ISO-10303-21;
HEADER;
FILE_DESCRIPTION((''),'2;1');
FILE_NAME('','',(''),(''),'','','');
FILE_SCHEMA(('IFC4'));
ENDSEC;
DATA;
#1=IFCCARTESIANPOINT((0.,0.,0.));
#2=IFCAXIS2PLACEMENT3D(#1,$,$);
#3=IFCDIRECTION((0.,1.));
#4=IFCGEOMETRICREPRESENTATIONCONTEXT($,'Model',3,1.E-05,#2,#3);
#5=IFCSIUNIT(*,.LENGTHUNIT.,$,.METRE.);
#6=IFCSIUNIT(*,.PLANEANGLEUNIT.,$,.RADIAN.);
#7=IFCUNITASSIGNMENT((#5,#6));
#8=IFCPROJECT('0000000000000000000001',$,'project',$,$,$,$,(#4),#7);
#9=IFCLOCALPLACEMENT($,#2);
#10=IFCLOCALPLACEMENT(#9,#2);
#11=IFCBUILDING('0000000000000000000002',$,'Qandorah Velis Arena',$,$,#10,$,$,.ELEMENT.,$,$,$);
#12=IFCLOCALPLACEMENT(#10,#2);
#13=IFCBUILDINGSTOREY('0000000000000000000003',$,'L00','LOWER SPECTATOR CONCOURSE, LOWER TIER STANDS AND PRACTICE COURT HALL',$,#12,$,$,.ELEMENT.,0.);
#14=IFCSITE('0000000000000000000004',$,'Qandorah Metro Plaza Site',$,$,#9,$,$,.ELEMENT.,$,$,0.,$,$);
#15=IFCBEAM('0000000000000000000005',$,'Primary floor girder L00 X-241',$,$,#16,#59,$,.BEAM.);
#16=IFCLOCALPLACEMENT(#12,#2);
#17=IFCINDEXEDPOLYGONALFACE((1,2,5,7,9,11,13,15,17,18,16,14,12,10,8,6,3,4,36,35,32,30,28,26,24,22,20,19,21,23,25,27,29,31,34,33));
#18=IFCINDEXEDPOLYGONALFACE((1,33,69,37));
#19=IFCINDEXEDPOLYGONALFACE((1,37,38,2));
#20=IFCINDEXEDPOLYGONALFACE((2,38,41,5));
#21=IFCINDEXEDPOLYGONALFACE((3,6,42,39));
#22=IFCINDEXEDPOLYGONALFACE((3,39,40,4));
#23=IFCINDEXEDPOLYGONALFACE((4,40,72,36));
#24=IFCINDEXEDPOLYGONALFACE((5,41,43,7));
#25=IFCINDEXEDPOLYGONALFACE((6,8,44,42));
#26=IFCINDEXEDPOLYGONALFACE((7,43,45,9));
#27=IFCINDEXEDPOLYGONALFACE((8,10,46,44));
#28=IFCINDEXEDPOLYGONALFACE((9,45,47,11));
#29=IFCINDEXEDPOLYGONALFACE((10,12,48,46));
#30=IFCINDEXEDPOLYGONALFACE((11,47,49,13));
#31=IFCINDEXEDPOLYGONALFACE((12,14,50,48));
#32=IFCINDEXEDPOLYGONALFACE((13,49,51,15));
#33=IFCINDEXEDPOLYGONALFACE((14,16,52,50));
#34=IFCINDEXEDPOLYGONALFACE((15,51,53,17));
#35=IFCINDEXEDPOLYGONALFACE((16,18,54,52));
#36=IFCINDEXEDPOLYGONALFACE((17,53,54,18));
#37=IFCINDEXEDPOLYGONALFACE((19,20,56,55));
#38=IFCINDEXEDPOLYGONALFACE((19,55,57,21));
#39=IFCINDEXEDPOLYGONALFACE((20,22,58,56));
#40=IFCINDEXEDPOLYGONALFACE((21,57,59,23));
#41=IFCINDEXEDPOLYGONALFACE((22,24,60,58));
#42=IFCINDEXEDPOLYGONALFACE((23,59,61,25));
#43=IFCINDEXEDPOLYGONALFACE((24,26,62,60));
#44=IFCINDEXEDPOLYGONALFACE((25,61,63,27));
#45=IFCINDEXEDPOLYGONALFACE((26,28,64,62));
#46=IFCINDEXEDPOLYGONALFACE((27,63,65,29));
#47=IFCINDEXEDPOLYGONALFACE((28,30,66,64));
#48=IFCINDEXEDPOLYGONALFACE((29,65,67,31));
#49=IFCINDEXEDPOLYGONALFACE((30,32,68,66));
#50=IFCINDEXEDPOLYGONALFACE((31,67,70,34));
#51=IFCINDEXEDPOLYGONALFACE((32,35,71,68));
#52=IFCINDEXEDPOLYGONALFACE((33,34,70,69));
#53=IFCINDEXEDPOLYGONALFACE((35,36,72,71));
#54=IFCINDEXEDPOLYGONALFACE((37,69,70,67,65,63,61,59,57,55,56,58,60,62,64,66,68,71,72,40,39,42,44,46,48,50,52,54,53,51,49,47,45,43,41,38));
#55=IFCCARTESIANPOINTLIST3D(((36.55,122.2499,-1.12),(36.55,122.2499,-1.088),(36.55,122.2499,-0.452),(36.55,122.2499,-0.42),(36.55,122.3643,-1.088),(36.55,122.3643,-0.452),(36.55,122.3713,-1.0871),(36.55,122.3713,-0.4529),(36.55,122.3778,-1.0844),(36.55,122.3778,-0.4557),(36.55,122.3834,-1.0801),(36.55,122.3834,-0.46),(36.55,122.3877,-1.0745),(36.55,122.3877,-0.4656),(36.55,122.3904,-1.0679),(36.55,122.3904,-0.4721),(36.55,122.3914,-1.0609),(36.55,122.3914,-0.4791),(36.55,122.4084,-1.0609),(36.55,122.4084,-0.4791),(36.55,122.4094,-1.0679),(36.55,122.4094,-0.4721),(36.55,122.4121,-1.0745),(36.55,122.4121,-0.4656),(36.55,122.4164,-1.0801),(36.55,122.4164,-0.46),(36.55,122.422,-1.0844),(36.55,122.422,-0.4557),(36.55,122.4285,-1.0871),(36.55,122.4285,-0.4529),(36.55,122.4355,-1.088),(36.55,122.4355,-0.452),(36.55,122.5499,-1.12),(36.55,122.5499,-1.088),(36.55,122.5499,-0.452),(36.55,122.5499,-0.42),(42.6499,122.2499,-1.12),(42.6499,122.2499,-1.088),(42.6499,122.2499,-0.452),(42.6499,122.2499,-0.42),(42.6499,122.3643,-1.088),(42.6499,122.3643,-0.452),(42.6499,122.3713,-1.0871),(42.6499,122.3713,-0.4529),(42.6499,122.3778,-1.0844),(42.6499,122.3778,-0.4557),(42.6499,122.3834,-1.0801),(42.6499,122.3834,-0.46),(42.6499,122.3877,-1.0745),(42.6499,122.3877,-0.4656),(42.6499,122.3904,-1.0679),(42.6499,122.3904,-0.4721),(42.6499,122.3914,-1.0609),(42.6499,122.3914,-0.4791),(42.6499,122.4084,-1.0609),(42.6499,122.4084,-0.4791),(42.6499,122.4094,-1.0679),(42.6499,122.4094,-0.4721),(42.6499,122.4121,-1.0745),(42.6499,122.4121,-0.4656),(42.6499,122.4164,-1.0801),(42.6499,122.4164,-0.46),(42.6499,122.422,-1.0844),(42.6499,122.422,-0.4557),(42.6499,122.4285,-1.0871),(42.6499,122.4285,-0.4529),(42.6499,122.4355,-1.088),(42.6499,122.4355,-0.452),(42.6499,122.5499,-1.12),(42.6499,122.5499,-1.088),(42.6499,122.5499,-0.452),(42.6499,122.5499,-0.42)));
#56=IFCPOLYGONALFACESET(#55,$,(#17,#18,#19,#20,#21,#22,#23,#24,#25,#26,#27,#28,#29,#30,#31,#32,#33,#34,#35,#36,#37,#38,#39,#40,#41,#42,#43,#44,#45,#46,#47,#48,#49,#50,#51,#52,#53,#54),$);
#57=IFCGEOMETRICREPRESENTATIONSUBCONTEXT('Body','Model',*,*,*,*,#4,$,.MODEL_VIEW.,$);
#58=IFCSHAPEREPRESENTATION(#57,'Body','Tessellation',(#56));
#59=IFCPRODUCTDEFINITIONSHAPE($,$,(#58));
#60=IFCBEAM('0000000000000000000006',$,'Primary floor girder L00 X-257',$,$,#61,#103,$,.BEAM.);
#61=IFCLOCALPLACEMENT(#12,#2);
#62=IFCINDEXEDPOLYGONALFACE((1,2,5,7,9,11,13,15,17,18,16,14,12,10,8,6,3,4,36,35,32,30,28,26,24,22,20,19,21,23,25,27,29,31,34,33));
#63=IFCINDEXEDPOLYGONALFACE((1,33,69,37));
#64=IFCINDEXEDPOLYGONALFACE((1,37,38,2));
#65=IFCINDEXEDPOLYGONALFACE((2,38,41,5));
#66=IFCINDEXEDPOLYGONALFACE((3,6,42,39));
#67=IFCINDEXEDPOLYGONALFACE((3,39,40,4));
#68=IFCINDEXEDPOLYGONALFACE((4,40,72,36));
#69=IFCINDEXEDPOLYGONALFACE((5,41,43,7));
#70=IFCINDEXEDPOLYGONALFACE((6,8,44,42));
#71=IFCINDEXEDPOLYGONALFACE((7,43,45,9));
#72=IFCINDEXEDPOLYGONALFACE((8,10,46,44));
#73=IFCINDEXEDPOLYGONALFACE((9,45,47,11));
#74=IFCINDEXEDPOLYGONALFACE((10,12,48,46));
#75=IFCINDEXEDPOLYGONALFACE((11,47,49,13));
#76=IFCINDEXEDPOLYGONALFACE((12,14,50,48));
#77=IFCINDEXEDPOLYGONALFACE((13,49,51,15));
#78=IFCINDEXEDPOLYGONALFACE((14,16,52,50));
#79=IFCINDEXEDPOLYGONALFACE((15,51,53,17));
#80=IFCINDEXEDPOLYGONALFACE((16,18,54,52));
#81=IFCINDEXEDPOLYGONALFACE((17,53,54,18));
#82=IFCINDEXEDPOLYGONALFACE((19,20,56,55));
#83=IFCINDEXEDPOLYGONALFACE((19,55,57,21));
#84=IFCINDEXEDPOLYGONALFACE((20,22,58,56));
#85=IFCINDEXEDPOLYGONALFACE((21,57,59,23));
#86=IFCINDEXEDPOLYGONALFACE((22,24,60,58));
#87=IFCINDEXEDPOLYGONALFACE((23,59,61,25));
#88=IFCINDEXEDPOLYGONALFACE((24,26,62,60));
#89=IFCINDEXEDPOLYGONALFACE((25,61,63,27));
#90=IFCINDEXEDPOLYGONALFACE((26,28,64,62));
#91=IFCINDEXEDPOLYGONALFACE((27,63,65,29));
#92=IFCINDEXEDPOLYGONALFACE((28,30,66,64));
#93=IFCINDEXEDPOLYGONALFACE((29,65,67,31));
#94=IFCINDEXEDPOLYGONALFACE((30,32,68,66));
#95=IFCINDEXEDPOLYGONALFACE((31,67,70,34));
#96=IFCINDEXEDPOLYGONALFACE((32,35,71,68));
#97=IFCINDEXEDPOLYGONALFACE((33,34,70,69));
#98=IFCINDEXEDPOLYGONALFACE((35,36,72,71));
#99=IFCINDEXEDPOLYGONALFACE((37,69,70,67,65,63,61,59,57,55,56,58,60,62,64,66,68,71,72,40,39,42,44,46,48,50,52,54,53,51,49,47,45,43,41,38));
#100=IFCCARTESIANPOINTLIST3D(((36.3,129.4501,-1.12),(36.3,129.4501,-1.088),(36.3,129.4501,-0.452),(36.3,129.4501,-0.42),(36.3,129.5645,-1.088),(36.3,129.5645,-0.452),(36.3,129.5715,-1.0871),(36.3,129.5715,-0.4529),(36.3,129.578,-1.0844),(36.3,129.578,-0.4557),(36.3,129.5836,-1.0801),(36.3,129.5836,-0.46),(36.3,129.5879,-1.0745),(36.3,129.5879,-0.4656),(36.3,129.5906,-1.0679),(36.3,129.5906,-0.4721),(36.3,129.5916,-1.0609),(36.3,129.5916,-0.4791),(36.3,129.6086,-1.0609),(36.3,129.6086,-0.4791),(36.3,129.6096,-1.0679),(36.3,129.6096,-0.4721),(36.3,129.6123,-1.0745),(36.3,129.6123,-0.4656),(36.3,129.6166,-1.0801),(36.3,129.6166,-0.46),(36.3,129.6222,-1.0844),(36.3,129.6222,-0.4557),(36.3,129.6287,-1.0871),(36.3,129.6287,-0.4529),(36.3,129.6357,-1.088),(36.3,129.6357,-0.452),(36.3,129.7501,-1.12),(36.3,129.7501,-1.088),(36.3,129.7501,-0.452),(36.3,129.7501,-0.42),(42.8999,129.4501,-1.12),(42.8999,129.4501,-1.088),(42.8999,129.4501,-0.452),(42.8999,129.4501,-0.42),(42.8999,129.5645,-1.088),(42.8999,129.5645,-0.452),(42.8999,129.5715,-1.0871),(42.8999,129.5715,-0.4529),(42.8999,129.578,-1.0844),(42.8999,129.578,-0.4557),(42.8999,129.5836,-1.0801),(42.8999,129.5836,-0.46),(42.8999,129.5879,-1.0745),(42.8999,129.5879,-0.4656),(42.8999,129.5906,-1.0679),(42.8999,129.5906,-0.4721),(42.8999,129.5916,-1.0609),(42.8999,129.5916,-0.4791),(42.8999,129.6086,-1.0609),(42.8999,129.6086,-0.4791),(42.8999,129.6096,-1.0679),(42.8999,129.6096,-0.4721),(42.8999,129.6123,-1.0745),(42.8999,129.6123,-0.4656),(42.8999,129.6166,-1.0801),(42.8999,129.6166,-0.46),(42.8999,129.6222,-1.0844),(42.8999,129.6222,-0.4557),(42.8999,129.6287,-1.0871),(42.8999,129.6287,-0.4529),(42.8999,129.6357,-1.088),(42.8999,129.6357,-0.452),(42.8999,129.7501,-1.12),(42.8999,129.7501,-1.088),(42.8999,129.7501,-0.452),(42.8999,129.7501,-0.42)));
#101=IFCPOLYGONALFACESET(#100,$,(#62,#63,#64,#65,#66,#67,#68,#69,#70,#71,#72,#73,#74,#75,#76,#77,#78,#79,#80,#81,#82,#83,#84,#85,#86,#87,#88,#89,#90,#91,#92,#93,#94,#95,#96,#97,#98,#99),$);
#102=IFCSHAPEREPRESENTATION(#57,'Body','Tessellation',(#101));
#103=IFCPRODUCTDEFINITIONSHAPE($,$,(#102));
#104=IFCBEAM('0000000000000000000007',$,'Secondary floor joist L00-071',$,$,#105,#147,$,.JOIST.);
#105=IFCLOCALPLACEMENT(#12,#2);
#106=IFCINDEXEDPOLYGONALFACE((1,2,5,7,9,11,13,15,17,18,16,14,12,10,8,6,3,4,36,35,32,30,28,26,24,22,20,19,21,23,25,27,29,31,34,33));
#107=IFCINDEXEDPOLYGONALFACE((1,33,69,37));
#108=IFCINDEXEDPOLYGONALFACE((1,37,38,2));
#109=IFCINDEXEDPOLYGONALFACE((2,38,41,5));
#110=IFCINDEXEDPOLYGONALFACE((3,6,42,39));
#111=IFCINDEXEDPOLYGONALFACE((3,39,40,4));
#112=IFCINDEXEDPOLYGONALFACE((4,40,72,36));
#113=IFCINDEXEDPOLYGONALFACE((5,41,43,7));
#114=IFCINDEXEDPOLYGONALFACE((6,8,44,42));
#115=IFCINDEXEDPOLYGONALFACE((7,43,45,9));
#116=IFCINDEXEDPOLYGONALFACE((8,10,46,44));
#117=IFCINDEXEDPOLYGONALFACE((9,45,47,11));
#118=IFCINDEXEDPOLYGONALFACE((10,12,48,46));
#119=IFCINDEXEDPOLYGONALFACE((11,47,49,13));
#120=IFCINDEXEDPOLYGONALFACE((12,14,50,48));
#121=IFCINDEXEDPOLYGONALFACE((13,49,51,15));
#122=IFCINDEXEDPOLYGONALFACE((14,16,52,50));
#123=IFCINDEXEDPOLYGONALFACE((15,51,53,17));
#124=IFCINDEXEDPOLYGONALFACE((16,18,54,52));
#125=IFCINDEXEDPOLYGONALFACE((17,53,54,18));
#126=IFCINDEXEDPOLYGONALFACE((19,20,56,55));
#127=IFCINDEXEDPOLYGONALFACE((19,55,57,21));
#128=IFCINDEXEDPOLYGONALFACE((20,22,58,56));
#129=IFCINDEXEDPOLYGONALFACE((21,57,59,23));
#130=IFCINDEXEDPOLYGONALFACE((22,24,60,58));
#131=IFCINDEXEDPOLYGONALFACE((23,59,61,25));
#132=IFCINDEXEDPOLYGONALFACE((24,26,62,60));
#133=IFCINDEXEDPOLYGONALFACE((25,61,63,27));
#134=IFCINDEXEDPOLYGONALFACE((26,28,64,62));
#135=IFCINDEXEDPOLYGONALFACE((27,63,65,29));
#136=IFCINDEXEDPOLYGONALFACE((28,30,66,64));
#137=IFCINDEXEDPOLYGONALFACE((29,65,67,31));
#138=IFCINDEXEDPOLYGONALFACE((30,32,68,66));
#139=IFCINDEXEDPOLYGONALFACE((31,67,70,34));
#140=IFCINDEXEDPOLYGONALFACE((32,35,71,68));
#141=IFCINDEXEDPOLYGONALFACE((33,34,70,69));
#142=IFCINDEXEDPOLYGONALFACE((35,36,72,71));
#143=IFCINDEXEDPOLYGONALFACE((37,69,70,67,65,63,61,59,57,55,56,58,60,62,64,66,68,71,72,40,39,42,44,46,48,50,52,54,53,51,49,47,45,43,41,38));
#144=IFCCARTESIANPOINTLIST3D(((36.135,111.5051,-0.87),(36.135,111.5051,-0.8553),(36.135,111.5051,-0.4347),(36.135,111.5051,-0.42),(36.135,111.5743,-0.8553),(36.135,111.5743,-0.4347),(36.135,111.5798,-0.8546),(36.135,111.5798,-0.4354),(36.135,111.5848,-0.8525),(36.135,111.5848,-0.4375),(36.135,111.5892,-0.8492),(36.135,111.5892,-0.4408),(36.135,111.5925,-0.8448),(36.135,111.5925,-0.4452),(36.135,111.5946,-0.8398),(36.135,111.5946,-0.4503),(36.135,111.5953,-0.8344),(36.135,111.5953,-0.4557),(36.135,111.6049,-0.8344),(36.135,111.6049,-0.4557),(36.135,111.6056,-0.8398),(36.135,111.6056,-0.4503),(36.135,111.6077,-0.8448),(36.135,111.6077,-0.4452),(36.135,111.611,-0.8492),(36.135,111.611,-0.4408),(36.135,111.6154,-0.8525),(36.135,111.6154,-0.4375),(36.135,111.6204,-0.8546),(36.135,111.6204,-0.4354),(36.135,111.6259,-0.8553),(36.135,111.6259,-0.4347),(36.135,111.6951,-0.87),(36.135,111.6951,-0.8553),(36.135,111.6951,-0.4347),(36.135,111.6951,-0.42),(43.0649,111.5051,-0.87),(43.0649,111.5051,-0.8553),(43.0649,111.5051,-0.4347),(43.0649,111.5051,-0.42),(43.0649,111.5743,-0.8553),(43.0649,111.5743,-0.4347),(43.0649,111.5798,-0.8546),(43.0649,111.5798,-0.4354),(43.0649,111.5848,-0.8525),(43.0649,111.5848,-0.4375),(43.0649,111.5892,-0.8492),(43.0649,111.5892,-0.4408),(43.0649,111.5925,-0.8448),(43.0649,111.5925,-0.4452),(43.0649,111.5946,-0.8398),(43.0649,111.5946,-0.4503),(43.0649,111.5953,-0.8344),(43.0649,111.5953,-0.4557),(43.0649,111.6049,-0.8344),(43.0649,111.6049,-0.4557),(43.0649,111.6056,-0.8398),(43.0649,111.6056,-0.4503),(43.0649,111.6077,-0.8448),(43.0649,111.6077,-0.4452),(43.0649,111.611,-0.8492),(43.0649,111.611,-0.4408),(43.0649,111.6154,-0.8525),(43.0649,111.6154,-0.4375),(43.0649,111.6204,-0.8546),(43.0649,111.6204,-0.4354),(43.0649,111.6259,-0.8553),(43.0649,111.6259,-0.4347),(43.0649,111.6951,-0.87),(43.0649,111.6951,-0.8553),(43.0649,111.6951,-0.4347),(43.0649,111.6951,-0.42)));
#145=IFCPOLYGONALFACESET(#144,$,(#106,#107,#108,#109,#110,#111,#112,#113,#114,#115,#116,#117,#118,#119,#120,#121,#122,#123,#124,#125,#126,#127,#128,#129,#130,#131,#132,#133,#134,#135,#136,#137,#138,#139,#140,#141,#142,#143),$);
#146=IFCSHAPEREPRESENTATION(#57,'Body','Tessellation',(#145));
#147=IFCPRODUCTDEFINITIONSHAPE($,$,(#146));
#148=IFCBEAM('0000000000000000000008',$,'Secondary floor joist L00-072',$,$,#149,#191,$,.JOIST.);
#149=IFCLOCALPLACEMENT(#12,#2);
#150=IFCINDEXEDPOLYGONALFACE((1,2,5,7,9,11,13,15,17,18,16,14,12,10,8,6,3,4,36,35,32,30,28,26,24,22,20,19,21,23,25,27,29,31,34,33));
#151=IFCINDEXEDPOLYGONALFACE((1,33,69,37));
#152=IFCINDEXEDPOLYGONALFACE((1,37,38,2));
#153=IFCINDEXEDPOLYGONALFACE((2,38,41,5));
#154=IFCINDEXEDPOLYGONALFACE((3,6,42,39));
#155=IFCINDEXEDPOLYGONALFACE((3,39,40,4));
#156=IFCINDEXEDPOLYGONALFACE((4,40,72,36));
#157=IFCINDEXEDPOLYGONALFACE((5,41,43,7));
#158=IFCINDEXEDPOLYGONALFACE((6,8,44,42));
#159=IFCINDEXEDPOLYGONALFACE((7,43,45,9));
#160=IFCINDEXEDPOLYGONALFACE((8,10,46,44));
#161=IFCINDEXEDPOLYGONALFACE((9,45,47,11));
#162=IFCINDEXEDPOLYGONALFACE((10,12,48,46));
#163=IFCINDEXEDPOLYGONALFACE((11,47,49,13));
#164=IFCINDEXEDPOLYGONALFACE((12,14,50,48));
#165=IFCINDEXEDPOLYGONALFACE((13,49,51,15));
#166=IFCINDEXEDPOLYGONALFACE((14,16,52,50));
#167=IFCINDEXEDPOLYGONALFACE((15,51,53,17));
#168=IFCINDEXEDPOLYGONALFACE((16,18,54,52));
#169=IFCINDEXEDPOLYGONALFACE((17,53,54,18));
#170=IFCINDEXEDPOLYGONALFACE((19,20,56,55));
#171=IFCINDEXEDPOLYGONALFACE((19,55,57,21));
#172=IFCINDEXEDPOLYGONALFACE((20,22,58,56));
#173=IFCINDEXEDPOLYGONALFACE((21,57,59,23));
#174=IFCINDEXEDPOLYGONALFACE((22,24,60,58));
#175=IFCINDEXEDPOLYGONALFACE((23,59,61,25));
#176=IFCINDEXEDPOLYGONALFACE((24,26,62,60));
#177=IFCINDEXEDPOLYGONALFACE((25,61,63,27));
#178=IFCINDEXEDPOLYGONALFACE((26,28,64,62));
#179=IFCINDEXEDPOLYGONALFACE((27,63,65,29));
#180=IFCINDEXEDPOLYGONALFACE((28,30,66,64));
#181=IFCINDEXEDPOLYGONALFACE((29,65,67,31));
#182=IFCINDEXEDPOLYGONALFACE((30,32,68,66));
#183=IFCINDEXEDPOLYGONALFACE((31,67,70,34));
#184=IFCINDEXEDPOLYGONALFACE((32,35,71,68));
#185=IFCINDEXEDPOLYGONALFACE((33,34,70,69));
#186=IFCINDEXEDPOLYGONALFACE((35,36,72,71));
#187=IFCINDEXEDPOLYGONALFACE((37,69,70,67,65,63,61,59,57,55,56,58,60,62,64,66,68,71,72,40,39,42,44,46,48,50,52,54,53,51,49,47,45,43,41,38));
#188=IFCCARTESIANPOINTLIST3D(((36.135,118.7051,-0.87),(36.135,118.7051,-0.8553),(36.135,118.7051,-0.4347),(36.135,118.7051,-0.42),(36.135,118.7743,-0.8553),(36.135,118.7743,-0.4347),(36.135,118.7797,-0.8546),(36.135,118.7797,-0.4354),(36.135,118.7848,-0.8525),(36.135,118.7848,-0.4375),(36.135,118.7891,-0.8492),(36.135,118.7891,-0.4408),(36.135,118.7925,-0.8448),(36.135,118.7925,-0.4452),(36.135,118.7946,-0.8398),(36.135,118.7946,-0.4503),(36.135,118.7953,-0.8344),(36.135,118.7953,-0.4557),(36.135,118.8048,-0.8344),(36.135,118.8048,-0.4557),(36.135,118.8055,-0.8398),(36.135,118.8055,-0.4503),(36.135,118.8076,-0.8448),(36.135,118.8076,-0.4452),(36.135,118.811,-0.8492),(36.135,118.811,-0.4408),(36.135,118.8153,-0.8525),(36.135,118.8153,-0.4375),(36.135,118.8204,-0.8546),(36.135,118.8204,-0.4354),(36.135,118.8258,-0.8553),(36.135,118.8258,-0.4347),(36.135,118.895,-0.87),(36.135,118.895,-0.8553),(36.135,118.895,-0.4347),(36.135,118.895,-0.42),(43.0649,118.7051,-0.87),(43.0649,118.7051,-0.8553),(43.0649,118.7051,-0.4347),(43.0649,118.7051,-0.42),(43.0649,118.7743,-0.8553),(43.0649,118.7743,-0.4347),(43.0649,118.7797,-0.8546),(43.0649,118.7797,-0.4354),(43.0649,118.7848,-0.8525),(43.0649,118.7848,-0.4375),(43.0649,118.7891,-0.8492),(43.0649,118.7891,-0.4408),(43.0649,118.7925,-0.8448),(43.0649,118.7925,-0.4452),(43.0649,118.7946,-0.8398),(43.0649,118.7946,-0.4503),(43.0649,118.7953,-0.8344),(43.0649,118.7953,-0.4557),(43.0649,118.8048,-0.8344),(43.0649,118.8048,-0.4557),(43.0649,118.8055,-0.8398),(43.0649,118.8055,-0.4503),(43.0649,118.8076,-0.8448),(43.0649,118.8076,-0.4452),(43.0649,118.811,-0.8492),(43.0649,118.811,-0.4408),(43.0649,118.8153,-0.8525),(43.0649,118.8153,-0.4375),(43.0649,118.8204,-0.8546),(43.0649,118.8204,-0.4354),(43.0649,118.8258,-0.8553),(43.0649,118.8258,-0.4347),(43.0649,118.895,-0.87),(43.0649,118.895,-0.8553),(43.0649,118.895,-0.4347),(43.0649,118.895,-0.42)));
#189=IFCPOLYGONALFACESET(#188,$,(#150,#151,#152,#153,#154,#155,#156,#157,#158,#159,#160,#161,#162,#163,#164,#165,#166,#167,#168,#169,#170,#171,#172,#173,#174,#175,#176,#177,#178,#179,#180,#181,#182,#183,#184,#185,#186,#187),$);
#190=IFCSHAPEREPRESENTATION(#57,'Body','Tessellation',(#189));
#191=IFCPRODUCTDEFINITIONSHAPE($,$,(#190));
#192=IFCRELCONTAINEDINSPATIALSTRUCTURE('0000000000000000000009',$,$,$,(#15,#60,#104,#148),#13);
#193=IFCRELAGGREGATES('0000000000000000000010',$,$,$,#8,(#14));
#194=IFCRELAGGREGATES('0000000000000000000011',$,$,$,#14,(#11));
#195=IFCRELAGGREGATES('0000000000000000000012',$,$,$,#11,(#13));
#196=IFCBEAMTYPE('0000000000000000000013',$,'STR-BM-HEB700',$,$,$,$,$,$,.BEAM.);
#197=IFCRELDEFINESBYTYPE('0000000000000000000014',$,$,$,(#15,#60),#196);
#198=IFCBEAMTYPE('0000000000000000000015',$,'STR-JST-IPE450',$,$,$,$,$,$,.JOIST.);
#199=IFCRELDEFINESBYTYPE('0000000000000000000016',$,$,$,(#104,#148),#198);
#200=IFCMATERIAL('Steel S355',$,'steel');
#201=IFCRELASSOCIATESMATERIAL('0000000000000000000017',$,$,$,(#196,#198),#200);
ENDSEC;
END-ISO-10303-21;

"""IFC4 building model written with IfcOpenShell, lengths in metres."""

from ifc_helpers import new_model, si_unit, direction, frame, origin, origin_2d, place, context, subcontext, project, spatial, i_section, extrude, material, material_profile, profile_set, type_object, element, save


model = new_model("IFC4")

# Units and contexts
model_context = context("Model", 3, precision=1e-05, world=origin(), true_north=direction((0.0, 1.0)))
body_context = subcontext(model_context, "Body", "Model", "MODEL_VIEW")
ifc_project = project(units=[si_unit("LENGTHUNIT", "METRE"), si_unit("PLANEANGLEUNIT", "RADIAN")], contexts=[model_context])

# Site, building, storey
site_placement = place(None, origin())
site = spatial("IfcSite", under=ifc_project, at=site_placement, Name="Qandorah Metro Plaza Site", CompositionType="ELEMENT", RefElevation=0.0)
building_placement = place(site_placement, origin())
building = spatial("IfcBuilding", under=site, at=building_placement, Name="Qandorah Velis Arena", CompositionType="ELEMENT")
storey_placement = place(building_placement, origin())
storey = spatial("IfcBuildingStorey", under=building, at=storey_placement, Name="L00", Description="LOWER SPECTATOR CONCOURSE, LOWER TIER STANDS AND PRACTICE COURT HALL", CompositionType="ELEMENT", Elevation=0.0)

# Beams
ifc_material_1 = material(Name="Steel S355", Category="steel")
ifc_material_profile_1 = material_profile(ifc_material_1, i_section(OverallWidth=0.3, OverallDepth=0.7, WebThickness=0.0171, FlangeThickness=0.032, FilletRadius=0.0271, at=origin_2d()), Name="HEB 700")
ifc_profile_set_1 = profile_set([ifc_material_profile_1], Name="Steel S355")
beam_type_1 = type_object("IfcBeamType", Name="STR-BM-HEB700", PredefinedType="BEAM", material=ifc_profile_set_1)
beam_1_placement = place(storey_placement, frame((36.55, 122.3999, -0.77), z_axis=(1.0, 0.0, 0.0), x_axis=(0.0, 1.0, 0.0)))
element("IfcBeam", 1, at=beam_1_placement, inside=storey, type_object=beam_type_1, Name="Primary floor girder L00 X-241", PredefinedType="BEAM", context=body_context, shape_type="SweptSolid", body=[
    extrude(i_section(OverallWidth=0.3, OverallDepth=0.7, WebThickness=0.0171, FlangeThickness=0.032, FilletRadius=0.0271, at=origin_2d()), origin(), (0.0, 0.0, 1.0), 6.0999),
])
beam_2_placement = place(storey_placement, frame((36.3, 129.6001, -0.77), z_axis=(1.0, 0.0, 0.0), x_axis=(0.0, 1.0, 0.0)))
element("IfcBeam", 2, at=beam_2_placement, inside=storey, type_object=beam_type_1, Name="Primary floor girder L00 X-257", PredefinedType="BEAM", context=body_context, shape_type="SweptSolid", body=[
    extrude(i_section(OverallWidth=0.3, OverallDepth=0.7, WebThickness=0.0171, FlangeThickness=0.032, FilletRadius=0.0271, at=origin_2d()), origin(), (0.0, 0.0, 1.0), 6.5999),
])
ifc_material_profile_2 = material_profile(ifc_material_1, i_section(OverallWidth=0.1899, OverallDepth=0.45, WebThickness=0.0095, FlangeThickness=0.0146, FilletRadius=0.021, at=origin_2d()), Name="IPE 450")
ifc_profile_set_2 = profile_set([ifc_material_profile_2], Name="Steel S355")
beam_type_2 = type_object("IfcBeamType", Name="STR-JST-IPE450", PredefinedType="JOIST", material=ifc_profile_set_2)
for number, where, z_axis, x_axis, name in (
    (3, (36.135, 111.6001, -0.645), (1.0, 0.0, 0.0), (0.0, 1.0, 0.0), "Secondary floor joist L00-071"),
    (4, (36.135, 118.8, -0.645), (1.0, 0.0, 0.0), (0.0, 1.0, 0.0), "Secondary floor joist L00-072"),
):
    element("IfcBeam", number, at=place(storey_placement, frame(where, z_axis=z_axis, x_axis=x_axis)), inside=storey, type_object=beam_type_2, Name=name, PredefinedType="JOIST", context=body_context, shape_type="SweptSolid", body=[
        extrude(i_section(OverallWidth=0.1899, OverallDepth=0.45, WebThickness=0.0095, FlangeThickness=0.0146, FilletRadius=0.021, at=origin_2d()), origin(), (0.0, 0.0, 1.0), 6.9299),
    ])

save(model, "model.ifc")
